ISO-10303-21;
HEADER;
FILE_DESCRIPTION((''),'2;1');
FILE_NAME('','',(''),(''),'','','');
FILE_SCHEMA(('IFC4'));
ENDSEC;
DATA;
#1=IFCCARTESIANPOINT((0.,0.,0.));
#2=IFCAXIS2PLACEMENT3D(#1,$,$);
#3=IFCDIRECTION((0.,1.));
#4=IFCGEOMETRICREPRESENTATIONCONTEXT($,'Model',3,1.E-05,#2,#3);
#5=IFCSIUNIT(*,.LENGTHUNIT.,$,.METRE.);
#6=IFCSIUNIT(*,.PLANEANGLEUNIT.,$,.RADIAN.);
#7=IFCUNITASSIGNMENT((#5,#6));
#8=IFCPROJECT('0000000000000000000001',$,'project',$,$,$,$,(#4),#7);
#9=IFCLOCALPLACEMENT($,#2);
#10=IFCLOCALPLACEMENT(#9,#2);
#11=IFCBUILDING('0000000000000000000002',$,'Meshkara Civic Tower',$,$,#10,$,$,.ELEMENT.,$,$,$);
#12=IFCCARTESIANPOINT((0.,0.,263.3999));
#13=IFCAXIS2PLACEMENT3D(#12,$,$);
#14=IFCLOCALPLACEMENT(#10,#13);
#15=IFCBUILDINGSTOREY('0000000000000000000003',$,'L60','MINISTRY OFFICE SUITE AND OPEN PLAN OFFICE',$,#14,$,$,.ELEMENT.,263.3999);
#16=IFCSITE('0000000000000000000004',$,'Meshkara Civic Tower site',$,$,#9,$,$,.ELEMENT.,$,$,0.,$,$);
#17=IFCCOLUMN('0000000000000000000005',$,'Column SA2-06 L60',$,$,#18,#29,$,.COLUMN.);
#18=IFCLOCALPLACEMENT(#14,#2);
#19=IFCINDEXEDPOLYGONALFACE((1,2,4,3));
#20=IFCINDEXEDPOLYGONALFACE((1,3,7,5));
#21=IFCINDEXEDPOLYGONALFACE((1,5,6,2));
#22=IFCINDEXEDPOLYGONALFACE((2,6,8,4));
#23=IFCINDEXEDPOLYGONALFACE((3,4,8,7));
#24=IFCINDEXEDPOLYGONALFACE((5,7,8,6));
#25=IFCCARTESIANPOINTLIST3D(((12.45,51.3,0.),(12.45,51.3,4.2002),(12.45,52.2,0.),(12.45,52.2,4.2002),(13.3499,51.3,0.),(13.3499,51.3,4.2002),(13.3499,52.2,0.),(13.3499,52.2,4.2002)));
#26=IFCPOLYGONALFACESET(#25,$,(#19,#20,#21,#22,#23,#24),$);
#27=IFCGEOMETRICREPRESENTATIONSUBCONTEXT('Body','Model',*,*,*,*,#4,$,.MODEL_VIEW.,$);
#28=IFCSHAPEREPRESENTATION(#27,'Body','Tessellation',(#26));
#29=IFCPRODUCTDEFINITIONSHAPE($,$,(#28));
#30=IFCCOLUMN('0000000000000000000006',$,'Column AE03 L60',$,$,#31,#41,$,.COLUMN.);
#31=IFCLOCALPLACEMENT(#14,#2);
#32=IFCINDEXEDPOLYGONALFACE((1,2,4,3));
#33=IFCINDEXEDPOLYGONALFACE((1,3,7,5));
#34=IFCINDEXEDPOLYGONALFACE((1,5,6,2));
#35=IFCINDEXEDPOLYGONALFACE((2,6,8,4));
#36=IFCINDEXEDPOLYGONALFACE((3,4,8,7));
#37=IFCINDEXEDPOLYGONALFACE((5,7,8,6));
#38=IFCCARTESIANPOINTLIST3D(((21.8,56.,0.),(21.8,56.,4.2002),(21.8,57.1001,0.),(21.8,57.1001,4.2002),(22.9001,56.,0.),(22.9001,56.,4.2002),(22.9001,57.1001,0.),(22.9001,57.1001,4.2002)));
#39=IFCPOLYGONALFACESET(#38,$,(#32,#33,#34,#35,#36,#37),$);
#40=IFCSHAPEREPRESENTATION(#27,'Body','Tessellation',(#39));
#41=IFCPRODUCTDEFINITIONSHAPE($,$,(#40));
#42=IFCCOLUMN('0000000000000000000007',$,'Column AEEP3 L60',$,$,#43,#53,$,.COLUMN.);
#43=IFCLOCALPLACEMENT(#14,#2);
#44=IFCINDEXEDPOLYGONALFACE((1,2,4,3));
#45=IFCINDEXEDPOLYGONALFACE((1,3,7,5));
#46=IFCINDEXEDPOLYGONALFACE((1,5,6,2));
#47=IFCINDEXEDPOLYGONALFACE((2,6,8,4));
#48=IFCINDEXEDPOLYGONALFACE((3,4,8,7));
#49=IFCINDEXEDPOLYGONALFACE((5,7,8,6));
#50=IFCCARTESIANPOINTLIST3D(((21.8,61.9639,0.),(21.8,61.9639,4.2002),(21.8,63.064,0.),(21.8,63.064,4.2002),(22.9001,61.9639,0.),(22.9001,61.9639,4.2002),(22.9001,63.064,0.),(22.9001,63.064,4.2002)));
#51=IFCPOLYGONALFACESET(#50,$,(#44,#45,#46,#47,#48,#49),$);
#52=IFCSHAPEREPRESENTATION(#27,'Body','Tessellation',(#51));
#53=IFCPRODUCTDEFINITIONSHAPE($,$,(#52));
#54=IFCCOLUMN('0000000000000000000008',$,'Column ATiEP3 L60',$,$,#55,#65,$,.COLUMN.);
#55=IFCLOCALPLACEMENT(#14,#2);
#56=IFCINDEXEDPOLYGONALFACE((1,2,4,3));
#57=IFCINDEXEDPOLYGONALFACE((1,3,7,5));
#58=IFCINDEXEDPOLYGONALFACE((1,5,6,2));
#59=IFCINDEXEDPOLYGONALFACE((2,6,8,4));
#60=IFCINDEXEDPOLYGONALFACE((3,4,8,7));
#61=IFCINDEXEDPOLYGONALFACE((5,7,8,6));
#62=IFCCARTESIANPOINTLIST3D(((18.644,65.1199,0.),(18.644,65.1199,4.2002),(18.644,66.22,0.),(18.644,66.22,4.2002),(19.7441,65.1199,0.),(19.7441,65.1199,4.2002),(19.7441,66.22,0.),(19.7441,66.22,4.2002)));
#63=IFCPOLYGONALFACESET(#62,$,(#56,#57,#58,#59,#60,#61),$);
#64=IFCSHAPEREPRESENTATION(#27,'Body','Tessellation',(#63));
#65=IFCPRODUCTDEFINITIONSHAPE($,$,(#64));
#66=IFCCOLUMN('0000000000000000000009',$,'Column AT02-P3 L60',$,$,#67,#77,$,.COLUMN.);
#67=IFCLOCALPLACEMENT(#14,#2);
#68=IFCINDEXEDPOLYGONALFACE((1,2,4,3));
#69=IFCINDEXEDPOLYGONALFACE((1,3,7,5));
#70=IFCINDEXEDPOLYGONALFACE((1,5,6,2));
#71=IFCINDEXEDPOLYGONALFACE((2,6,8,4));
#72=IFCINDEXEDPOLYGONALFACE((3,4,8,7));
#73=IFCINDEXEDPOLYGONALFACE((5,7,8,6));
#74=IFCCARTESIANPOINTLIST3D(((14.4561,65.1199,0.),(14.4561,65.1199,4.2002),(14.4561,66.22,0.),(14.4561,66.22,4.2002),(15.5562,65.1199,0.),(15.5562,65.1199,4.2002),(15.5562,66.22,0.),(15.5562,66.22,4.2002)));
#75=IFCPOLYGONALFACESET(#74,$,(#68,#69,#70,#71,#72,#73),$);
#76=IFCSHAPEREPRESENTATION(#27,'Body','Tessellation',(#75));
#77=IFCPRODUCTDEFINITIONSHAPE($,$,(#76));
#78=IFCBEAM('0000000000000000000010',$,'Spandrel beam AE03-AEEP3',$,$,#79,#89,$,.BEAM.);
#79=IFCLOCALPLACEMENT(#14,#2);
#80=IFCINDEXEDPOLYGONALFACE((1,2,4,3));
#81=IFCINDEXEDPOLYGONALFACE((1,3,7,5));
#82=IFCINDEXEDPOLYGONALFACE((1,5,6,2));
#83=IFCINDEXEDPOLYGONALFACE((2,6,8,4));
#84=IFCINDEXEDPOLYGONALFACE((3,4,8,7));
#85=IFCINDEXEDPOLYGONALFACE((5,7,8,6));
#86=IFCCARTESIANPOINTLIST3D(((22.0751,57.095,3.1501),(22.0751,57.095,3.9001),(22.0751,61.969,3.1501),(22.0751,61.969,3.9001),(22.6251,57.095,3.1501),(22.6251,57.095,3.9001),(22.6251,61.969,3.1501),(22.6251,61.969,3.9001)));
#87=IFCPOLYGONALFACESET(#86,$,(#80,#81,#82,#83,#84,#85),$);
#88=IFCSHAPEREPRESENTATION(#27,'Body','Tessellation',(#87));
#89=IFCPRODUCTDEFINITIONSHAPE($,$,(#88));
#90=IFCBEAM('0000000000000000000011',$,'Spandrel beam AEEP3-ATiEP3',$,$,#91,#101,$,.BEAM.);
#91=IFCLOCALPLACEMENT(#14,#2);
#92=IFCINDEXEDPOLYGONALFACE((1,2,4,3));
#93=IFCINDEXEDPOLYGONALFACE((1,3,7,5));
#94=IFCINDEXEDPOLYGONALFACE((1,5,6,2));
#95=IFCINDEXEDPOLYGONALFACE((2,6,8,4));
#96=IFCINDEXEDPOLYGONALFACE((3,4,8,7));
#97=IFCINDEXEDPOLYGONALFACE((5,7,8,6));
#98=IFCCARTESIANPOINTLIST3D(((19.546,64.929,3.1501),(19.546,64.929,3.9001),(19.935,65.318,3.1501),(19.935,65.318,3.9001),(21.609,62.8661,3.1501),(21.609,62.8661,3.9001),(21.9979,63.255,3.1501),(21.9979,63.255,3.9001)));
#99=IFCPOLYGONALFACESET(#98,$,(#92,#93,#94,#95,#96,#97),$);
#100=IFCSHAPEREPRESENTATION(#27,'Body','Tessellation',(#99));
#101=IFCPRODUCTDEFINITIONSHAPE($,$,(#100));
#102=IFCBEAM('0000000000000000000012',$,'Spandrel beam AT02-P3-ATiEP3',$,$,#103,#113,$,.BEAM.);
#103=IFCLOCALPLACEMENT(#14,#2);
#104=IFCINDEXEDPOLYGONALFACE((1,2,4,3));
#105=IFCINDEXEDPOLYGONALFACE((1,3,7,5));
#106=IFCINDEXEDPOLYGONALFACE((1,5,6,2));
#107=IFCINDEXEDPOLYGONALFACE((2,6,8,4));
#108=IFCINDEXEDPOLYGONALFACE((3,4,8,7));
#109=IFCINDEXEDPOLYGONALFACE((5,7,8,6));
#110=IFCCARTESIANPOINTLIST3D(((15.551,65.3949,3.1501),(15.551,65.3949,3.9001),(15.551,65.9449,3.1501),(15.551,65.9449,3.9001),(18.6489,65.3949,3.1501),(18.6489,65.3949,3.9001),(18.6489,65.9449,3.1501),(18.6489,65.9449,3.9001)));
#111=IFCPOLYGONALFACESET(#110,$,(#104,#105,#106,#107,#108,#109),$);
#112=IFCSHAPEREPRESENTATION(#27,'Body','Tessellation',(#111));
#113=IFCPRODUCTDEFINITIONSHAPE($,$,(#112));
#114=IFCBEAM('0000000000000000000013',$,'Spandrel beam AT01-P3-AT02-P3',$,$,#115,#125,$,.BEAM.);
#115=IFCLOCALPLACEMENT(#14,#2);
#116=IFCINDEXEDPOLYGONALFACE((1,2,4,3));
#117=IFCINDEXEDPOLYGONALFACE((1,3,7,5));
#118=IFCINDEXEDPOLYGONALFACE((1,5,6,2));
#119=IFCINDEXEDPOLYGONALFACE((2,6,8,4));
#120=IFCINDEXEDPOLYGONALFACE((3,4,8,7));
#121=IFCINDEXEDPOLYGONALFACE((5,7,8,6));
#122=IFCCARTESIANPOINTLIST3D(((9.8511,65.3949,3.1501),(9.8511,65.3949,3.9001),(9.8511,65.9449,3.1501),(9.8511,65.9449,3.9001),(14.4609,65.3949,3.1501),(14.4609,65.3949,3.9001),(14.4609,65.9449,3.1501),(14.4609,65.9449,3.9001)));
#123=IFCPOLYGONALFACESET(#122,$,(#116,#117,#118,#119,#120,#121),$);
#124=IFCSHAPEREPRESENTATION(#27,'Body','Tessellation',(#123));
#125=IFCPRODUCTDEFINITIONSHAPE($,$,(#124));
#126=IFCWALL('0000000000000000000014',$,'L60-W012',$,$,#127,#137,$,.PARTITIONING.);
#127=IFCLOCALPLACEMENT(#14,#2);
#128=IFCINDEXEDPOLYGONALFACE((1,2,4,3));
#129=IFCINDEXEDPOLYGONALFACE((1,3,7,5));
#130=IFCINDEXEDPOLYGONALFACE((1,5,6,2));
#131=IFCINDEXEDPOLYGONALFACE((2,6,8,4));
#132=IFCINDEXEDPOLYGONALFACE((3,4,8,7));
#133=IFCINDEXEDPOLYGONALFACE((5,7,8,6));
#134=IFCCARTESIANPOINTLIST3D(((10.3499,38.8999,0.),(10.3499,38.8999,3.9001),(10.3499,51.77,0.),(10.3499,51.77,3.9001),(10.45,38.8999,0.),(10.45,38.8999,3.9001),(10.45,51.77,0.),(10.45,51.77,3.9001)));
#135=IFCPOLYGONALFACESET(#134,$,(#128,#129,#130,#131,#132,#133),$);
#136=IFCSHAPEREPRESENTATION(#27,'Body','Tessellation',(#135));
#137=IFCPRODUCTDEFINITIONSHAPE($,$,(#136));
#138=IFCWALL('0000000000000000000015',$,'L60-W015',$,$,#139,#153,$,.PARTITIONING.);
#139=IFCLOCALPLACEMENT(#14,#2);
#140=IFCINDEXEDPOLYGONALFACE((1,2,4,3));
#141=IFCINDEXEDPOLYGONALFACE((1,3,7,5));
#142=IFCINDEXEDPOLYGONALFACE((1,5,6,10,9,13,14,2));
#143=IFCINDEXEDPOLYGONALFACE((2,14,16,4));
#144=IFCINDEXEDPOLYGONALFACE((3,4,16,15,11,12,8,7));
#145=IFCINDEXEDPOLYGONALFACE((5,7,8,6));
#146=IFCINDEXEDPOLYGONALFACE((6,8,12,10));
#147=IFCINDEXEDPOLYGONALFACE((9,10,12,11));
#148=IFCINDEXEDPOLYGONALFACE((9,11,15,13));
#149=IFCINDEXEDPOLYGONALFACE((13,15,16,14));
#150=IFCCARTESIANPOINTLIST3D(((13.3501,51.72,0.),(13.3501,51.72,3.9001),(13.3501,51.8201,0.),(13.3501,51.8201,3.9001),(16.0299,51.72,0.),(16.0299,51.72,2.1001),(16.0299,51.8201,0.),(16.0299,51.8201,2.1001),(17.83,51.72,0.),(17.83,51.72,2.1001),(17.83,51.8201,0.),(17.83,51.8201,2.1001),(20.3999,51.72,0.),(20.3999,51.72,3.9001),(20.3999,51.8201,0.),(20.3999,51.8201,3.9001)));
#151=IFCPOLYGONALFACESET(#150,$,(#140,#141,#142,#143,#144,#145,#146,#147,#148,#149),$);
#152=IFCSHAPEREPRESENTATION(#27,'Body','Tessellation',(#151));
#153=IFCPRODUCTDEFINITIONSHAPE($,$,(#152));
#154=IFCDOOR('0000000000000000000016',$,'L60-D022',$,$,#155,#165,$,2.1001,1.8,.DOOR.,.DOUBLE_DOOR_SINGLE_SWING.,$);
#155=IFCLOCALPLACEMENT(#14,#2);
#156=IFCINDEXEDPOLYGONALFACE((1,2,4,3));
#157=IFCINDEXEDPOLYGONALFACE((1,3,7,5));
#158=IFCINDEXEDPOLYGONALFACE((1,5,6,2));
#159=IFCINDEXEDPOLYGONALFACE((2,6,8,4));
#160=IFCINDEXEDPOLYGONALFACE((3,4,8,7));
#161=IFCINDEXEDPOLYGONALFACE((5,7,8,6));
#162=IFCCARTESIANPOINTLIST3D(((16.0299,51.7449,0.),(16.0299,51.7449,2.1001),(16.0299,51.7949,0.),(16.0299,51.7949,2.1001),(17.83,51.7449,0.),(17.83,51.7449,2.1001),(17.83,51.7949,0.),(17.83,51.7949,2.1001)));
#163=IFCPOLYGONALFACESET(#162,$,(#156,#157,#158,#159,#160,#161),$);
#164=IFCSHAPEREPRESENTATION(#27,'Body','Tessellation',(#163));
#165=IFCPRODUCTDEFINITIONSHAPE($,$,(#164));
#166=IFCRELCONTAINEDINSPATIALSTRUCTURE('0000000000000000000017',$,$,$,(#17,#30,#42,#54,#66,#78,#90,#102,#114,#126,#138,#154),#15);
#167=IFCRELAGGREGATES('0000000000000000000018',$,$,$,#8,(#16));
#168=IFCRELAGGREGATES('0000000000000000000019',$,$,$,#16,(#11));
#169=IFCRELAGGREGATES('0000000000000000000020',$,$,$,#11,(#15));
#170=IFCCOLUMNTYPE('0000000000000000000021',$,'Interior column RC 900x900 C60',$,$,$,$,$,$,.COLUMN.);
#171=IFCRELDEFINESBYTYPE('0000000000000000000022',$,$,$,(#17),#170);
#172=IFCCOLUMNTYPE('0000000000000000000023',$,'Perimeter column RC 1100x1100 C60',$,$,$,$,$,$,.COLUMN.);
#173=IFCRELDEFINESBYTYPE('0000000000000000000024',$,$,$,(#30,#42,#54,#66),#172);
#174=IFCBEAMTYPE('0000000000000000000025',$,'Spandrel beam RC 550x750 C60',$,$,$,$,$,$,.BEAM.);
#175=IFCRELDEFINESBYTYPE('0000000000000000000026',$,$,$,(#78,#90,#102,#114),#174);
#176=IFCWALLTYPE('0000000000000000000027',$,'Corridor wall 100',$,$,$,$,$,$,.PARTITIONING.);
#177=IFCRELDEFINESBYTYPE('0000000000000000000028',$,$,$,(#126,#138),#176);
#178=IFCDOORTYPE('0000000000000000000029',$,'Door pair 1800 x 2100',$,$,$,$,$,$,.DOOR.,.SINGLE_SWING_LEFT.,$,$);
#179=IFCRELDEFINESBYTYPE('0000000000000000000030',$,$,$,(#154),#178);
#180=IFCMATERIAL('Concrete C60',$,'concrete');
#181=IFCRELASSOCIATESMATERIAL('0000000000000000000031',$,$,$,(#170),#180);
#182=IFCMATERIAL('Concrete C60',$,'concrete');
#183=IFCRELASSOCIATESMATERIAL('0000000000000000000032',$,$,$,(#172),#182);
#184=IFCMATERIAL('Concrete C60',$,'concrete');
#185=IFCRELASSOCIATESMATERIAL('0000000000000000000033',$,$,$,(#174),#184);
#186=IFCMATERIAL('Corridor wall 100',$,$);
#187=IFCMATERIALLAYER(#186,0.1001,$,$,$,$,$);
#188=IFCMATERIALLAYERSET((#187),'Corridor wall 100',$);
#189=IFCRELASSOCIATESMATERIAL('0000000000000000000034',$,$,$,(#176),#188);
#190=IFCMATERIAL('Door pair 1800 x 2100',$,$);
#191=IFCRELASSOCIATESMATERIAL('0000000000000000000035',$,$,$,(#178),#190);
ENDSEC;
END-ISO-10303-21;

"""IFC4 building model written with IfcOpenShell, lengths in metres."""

from ifc_helpers import new_model, si_unit, direction, frame, frame_2d, origin, origin_2d, place, context, subcontext, project, spatial, rectangle, extrude, material, layer, layer_set, material_profile, profile_set, type_object, element, fill, save


model = new_model("IFC4")

# Units and contexts
model_context = context("Model", 3, precision=1e-05, world=origin(), true_north=direction((0.0, 1.0)))
body_context = subcontext(model_context, "Body", "Model", "MODEL_VIEW")
ifc_project = project(units=[si_unit("LENGTHUNIT", "METRE"), si_unit("PLANEANGLEUNIT", "RADIAN")], contexts=[model_context])

# Site, building, storey
site_placement = place(None, origin())
site = spatial("IfcSite", under=ifc_project, at=site_placement, Name="Meshkara Civic Tower site", CompositionType="ELEMENT", RefElevation=0.0)
building_placement = place(site_placement, origin())
building = spatial("IfcBuilding", under=site, at=building_placement, Name="Meshkara Civic Tower", CompositionType="ELEMENT")
storey_placement = place(building_placement, frame((0.0, 0.0, 263.3999)))
storey = spatial("IfcBuildingStorey", under=building, at=storey_placement, Name="L60", Description="MINISTRY OFFICE SUITE AND OPEN PLAN OFFICE", CompositionType="ELEMENT", Elevation=263.3999)

# Columns
ifc_material_1 = material(Name="Concrete C60", Category="concrete")
ifc_material_profile_1 = material_profile(ifc_material_1, rectangle(XDim=0.8999, YDim=0.8999, at=origin_2d()))
ifc_profile_set_1 = profile_set([ifc_material_profile_1], Name="Concrete C60")
column_type_1 = type_object("IfcColumnType", Name="Interior column RC 900x900 C60", PredefinedType="COLUMN", material=ifc_profile_set_1)
column_placement = place(storey_placement, frame((12.8999, 51.75, 0.0), z_axis=(0.0, 0.0, 1.0), x_axis=(1.0, 0.0, 0.0)))
element("IfcColumn", 1, at=column_placement, inside=storey, type_object=column_type_1, Name="Column SA2-06 L60", PredefinedType="COLUMN", context=body_context, shape_type="SweptSolid", body=[
    extrude(rectangle(XDim=0.8999, YDim=0.8999, at=origin_2d()), origin(), (0.0, 0.0, 1.0), 4.2002),
])
ifc_material_2 = material(Name="Concrete C60", Category="concrete")
ifc_material_profile_2 = material_profile(ifc_material_2, rectangle(XDim=1.1001, YDim=1.1001, at=origin_2d()))
ifc_profile_set_2 = profile_set([ifc_material_profile_2], Name="Concrete C60")
column_type_2 = type_object("IfcColumnType", Name="Perimeter column RC 1100x1100 C60", PredefinedType="COLUMN", material=ifc_profile_set_2)
for number, where, z_axis, x_axis, name in (
    (2, (22.3501, 56.55, 0.0), (0.0, 0.0, 1.0), (1.0, 0.0, 0.0), "Column AE03 L60"),
    (3, (22.3501, 62.5139, 0.0), (0.0, 0.0, 1.0), (1.0, 0.0, 0.0), "Column AEEP3 L60"),
    (4, (19.1941, 65.6699, 0.0), (0.0, 0.0, 1.0), (1.0, 0.0, 0.0), "Column ATiEP3 L60"),
    (5, (15.0061, 65.6699, 0.0), (0.0, 0.0, 1.0), (1.0, 0.0, 0.0), "Column AT02-P3 L60"),
):
    element("IfcColumn", number, at=place(storey_placement, frame(where, z_axis=z_axis, x_axis=x_axis)), inside=storey, type_object=column_type_2, Name=name, PredefinedType="COLUMN", context=body_context, shape_type="SweptSolid", body=[
        extrude(rectangle(XDim=1.1001, YDim=1.1001, at=origin_2d()), origin(), (0.0, 0.0, 1.0), 4.2002),
    ])

# Beams
ifc_material_3 = material(Name="Concrete C60", Category="concrete")
ifc_material_profile_3 = material_profile(ifc_material_3, rectangle(XDim=0.55, YDim=0.75, at=origin_2d()))
ifc_profile_set_3 = profile_set([ifc_material_profile_3], Name="Concrete C60")
beam_type = type_object("IfcBeamType", Name="Spandrel beam RC 550x750 C60", PredefinedType="BEAM", material=ifc_profile_set_3)
beam_1_placement = place(storey_placement, frame((22.3501, 57.095, 3.5251), z_axis=(0.0, 1.0, 0.0), x_axis=(-1.0, 0.0, 0.0)))
element("IfcBeam", 6, at=beam_1_placement, inside=storey, type_object=beam_type, Name="Spandrel beam AE03-AEEP3", PredefinedType="BEAM", context=body_context, shape_type="SweptSolid", body=[
    extrude(rectangle(XDim=0.55, YDim=0.75, at=origin_2d()), origin(), (0.0, 0.0, 1.0), 4.874),
])
beam_2_placement = place(storey_placement, frame((21.8035, 63.0605, 3.5251), z_axis=(-0.707107, 0.707107, 0.0), x_axis=(-0.707107, -0.707107, 0.0)))
element("IfcBeam", 7, at=beam_2_placement, inside=storey, type_object=beam_type, Name="Spandrel beam AEEP3-ATiEP3", PredefinedType="BEAM", context=body_context, shape_type="SweptSolid", body=[
    extrude(rectangle(XDim=0.55, YDim=0.75, at=origin_2d()), origin(), (0.0, 0.0, 1.0), 2.9175),
])
beam_3_placement = place(storey_placement, frame((18.6489, 65.6699, 3.5251), z_axis=(-1.0, 0.0, 0.0), x_axis=(0.0, -1.0, 0.0)))
element("IfcBeam", 8, at=beam_3_placement, inside=storey, type_object=beam_type, Name="Spandrel beam AT02-P3-ATiEP3", PredefinedType="BEAM", context=body_context, shape_type="SweptSolid", body=[
    extrude(rectangle(XDim=0.55, YDim=0.75, at=origin_2d()), origin(), (0.0, 0.0, 1.0), 3.0979),
])
beam_4_placement = place(storey_placement, frame((14.4609, 65.6699, 3.5251), z_axis=(-1.0, 0.0, 0.0), x_axis=(0.0, -1.0, 0.0)))
element("IfcBeam", 9, at=beam_4_placement, inside=storey, type_object=beam_type, Name="Spandrel beam AT01-P3-AT02-P3", PredefinedType="BEAM", context=body_context, shape_type="SweptSolid", body=[
    extrude(rectangle(XDim=0.55, YDim=0.75, at=origin_2d()), origin(), (0.0, 0.0, 1.0), 4.6099),
])

# Wall
ifc_material_4 = material(Name="Corridor wall 100")
ifc_layer_1 = layer(ifc_material_4, 0.1001)
ifc_layer_set_1 = layer_set([ifc_layer_1], Name="Corridor wall 100")
wall_type_1 = type_object("IfcWallType", Name="Corridor wall 100", PredefinedType="PARTITIONING", material=ifc_layer_set_1)
wall_1_placement = place(storey_placement, frame((10.3999, 51.77, 0.0), z_axis=(0.0, 0.0, 1.0), x_axis=(0.0, -1.0, 0.0)))
element("IfcWall", 10, at=wall_1_placement, inside=storey, type_object=wall_type_1, Name="L60-W012", PredefinedType="PARTITIONING", context=body_context, shape_type="SweptSolid", body=[
    extrude(rectangle(XDim=12.8701, YDim=0.1001, at=frame_2d((6.4351, 0.0))), origin(), (0.0, 0.0, 1.0), 3.9001),
])

# Wall, opening, door
wall_2_placement = place(storey_placement, frame((13.3501, 51.77, 0.0), z_axis=(0.0, 0.0, 1.0), x_axis=(1.0, 0.0, 0.0)))
wall_2 = element("IfcWall", 11, at=wall_2_placement, inside=storey, type_object=wall_type_1, Name="L60-W015", PredefinedType="PARTITIONING", context=body_context, shape_type="SweptSolid", body=[
    extrude(rectangle(XDim=7.0498, YDim=0.1001, at=frame_2d((3.5249, 0.0))), origin(), (0.0, 0.0, 1.0), 3.9001),
])
opening_1_placement = place(wall_2_placement, frame((2.6799, 0.0, 0.0)))
opening_1 = element("IfcOpeningElement", 12, at=opening_1_placement, cuts=wall_2, PredefinedType="OPENING", context=body_context, shape_type="SweptSolid", body=[
    extrude(rectangle(XDim=1.8, YDim=2.1001, at=frame_2d((0.8999, 1.05))), frame((0.0, 0.0601, 0.0), z_axis=(0.0, -1.0, 0.0), x_axis=(1.0, 0.0, 0.0)), (0.0, 0.0, 1.0), 0.1201),
])
ifc_material_5 = material(Name="Door pair 1800 x 2100")
door_type_1 = type_object("IfcDoorType", Name="Door pair 1800 x 2100", OperationType="SINGLE_SWING_LEFT", PredefinedType="DOOR", material=ifc_material_5)
door_1_placement = place(opening_1_placement, origin())
door_1 = element("IfcDoor", 13, at=door_1_placement, inside=storey, type_object=door_type_1, Name="L60-D022", OperationType="DOUBLE_DOOR_SINGLE_SWING", OverallHeight=2.1001, OverallWidth=1.8, PredefinedType="DOOR", context=body_context, shape_type="SweptSolid", body=[
    extrude(rectangle(XDim=1.8, YDim=2.1001, at=frame_2d((0.8999, 1.05))), frame((0.0, 0.0249, 0.0), z_axis=(0.0, -1.0, 0.0), x_axis=(1.0, 0.0, 0.0)), (0.0, 0.0, 1.0), 0.05),
])
fill(opening_1, door_1)

save(model, "model.ifc")
